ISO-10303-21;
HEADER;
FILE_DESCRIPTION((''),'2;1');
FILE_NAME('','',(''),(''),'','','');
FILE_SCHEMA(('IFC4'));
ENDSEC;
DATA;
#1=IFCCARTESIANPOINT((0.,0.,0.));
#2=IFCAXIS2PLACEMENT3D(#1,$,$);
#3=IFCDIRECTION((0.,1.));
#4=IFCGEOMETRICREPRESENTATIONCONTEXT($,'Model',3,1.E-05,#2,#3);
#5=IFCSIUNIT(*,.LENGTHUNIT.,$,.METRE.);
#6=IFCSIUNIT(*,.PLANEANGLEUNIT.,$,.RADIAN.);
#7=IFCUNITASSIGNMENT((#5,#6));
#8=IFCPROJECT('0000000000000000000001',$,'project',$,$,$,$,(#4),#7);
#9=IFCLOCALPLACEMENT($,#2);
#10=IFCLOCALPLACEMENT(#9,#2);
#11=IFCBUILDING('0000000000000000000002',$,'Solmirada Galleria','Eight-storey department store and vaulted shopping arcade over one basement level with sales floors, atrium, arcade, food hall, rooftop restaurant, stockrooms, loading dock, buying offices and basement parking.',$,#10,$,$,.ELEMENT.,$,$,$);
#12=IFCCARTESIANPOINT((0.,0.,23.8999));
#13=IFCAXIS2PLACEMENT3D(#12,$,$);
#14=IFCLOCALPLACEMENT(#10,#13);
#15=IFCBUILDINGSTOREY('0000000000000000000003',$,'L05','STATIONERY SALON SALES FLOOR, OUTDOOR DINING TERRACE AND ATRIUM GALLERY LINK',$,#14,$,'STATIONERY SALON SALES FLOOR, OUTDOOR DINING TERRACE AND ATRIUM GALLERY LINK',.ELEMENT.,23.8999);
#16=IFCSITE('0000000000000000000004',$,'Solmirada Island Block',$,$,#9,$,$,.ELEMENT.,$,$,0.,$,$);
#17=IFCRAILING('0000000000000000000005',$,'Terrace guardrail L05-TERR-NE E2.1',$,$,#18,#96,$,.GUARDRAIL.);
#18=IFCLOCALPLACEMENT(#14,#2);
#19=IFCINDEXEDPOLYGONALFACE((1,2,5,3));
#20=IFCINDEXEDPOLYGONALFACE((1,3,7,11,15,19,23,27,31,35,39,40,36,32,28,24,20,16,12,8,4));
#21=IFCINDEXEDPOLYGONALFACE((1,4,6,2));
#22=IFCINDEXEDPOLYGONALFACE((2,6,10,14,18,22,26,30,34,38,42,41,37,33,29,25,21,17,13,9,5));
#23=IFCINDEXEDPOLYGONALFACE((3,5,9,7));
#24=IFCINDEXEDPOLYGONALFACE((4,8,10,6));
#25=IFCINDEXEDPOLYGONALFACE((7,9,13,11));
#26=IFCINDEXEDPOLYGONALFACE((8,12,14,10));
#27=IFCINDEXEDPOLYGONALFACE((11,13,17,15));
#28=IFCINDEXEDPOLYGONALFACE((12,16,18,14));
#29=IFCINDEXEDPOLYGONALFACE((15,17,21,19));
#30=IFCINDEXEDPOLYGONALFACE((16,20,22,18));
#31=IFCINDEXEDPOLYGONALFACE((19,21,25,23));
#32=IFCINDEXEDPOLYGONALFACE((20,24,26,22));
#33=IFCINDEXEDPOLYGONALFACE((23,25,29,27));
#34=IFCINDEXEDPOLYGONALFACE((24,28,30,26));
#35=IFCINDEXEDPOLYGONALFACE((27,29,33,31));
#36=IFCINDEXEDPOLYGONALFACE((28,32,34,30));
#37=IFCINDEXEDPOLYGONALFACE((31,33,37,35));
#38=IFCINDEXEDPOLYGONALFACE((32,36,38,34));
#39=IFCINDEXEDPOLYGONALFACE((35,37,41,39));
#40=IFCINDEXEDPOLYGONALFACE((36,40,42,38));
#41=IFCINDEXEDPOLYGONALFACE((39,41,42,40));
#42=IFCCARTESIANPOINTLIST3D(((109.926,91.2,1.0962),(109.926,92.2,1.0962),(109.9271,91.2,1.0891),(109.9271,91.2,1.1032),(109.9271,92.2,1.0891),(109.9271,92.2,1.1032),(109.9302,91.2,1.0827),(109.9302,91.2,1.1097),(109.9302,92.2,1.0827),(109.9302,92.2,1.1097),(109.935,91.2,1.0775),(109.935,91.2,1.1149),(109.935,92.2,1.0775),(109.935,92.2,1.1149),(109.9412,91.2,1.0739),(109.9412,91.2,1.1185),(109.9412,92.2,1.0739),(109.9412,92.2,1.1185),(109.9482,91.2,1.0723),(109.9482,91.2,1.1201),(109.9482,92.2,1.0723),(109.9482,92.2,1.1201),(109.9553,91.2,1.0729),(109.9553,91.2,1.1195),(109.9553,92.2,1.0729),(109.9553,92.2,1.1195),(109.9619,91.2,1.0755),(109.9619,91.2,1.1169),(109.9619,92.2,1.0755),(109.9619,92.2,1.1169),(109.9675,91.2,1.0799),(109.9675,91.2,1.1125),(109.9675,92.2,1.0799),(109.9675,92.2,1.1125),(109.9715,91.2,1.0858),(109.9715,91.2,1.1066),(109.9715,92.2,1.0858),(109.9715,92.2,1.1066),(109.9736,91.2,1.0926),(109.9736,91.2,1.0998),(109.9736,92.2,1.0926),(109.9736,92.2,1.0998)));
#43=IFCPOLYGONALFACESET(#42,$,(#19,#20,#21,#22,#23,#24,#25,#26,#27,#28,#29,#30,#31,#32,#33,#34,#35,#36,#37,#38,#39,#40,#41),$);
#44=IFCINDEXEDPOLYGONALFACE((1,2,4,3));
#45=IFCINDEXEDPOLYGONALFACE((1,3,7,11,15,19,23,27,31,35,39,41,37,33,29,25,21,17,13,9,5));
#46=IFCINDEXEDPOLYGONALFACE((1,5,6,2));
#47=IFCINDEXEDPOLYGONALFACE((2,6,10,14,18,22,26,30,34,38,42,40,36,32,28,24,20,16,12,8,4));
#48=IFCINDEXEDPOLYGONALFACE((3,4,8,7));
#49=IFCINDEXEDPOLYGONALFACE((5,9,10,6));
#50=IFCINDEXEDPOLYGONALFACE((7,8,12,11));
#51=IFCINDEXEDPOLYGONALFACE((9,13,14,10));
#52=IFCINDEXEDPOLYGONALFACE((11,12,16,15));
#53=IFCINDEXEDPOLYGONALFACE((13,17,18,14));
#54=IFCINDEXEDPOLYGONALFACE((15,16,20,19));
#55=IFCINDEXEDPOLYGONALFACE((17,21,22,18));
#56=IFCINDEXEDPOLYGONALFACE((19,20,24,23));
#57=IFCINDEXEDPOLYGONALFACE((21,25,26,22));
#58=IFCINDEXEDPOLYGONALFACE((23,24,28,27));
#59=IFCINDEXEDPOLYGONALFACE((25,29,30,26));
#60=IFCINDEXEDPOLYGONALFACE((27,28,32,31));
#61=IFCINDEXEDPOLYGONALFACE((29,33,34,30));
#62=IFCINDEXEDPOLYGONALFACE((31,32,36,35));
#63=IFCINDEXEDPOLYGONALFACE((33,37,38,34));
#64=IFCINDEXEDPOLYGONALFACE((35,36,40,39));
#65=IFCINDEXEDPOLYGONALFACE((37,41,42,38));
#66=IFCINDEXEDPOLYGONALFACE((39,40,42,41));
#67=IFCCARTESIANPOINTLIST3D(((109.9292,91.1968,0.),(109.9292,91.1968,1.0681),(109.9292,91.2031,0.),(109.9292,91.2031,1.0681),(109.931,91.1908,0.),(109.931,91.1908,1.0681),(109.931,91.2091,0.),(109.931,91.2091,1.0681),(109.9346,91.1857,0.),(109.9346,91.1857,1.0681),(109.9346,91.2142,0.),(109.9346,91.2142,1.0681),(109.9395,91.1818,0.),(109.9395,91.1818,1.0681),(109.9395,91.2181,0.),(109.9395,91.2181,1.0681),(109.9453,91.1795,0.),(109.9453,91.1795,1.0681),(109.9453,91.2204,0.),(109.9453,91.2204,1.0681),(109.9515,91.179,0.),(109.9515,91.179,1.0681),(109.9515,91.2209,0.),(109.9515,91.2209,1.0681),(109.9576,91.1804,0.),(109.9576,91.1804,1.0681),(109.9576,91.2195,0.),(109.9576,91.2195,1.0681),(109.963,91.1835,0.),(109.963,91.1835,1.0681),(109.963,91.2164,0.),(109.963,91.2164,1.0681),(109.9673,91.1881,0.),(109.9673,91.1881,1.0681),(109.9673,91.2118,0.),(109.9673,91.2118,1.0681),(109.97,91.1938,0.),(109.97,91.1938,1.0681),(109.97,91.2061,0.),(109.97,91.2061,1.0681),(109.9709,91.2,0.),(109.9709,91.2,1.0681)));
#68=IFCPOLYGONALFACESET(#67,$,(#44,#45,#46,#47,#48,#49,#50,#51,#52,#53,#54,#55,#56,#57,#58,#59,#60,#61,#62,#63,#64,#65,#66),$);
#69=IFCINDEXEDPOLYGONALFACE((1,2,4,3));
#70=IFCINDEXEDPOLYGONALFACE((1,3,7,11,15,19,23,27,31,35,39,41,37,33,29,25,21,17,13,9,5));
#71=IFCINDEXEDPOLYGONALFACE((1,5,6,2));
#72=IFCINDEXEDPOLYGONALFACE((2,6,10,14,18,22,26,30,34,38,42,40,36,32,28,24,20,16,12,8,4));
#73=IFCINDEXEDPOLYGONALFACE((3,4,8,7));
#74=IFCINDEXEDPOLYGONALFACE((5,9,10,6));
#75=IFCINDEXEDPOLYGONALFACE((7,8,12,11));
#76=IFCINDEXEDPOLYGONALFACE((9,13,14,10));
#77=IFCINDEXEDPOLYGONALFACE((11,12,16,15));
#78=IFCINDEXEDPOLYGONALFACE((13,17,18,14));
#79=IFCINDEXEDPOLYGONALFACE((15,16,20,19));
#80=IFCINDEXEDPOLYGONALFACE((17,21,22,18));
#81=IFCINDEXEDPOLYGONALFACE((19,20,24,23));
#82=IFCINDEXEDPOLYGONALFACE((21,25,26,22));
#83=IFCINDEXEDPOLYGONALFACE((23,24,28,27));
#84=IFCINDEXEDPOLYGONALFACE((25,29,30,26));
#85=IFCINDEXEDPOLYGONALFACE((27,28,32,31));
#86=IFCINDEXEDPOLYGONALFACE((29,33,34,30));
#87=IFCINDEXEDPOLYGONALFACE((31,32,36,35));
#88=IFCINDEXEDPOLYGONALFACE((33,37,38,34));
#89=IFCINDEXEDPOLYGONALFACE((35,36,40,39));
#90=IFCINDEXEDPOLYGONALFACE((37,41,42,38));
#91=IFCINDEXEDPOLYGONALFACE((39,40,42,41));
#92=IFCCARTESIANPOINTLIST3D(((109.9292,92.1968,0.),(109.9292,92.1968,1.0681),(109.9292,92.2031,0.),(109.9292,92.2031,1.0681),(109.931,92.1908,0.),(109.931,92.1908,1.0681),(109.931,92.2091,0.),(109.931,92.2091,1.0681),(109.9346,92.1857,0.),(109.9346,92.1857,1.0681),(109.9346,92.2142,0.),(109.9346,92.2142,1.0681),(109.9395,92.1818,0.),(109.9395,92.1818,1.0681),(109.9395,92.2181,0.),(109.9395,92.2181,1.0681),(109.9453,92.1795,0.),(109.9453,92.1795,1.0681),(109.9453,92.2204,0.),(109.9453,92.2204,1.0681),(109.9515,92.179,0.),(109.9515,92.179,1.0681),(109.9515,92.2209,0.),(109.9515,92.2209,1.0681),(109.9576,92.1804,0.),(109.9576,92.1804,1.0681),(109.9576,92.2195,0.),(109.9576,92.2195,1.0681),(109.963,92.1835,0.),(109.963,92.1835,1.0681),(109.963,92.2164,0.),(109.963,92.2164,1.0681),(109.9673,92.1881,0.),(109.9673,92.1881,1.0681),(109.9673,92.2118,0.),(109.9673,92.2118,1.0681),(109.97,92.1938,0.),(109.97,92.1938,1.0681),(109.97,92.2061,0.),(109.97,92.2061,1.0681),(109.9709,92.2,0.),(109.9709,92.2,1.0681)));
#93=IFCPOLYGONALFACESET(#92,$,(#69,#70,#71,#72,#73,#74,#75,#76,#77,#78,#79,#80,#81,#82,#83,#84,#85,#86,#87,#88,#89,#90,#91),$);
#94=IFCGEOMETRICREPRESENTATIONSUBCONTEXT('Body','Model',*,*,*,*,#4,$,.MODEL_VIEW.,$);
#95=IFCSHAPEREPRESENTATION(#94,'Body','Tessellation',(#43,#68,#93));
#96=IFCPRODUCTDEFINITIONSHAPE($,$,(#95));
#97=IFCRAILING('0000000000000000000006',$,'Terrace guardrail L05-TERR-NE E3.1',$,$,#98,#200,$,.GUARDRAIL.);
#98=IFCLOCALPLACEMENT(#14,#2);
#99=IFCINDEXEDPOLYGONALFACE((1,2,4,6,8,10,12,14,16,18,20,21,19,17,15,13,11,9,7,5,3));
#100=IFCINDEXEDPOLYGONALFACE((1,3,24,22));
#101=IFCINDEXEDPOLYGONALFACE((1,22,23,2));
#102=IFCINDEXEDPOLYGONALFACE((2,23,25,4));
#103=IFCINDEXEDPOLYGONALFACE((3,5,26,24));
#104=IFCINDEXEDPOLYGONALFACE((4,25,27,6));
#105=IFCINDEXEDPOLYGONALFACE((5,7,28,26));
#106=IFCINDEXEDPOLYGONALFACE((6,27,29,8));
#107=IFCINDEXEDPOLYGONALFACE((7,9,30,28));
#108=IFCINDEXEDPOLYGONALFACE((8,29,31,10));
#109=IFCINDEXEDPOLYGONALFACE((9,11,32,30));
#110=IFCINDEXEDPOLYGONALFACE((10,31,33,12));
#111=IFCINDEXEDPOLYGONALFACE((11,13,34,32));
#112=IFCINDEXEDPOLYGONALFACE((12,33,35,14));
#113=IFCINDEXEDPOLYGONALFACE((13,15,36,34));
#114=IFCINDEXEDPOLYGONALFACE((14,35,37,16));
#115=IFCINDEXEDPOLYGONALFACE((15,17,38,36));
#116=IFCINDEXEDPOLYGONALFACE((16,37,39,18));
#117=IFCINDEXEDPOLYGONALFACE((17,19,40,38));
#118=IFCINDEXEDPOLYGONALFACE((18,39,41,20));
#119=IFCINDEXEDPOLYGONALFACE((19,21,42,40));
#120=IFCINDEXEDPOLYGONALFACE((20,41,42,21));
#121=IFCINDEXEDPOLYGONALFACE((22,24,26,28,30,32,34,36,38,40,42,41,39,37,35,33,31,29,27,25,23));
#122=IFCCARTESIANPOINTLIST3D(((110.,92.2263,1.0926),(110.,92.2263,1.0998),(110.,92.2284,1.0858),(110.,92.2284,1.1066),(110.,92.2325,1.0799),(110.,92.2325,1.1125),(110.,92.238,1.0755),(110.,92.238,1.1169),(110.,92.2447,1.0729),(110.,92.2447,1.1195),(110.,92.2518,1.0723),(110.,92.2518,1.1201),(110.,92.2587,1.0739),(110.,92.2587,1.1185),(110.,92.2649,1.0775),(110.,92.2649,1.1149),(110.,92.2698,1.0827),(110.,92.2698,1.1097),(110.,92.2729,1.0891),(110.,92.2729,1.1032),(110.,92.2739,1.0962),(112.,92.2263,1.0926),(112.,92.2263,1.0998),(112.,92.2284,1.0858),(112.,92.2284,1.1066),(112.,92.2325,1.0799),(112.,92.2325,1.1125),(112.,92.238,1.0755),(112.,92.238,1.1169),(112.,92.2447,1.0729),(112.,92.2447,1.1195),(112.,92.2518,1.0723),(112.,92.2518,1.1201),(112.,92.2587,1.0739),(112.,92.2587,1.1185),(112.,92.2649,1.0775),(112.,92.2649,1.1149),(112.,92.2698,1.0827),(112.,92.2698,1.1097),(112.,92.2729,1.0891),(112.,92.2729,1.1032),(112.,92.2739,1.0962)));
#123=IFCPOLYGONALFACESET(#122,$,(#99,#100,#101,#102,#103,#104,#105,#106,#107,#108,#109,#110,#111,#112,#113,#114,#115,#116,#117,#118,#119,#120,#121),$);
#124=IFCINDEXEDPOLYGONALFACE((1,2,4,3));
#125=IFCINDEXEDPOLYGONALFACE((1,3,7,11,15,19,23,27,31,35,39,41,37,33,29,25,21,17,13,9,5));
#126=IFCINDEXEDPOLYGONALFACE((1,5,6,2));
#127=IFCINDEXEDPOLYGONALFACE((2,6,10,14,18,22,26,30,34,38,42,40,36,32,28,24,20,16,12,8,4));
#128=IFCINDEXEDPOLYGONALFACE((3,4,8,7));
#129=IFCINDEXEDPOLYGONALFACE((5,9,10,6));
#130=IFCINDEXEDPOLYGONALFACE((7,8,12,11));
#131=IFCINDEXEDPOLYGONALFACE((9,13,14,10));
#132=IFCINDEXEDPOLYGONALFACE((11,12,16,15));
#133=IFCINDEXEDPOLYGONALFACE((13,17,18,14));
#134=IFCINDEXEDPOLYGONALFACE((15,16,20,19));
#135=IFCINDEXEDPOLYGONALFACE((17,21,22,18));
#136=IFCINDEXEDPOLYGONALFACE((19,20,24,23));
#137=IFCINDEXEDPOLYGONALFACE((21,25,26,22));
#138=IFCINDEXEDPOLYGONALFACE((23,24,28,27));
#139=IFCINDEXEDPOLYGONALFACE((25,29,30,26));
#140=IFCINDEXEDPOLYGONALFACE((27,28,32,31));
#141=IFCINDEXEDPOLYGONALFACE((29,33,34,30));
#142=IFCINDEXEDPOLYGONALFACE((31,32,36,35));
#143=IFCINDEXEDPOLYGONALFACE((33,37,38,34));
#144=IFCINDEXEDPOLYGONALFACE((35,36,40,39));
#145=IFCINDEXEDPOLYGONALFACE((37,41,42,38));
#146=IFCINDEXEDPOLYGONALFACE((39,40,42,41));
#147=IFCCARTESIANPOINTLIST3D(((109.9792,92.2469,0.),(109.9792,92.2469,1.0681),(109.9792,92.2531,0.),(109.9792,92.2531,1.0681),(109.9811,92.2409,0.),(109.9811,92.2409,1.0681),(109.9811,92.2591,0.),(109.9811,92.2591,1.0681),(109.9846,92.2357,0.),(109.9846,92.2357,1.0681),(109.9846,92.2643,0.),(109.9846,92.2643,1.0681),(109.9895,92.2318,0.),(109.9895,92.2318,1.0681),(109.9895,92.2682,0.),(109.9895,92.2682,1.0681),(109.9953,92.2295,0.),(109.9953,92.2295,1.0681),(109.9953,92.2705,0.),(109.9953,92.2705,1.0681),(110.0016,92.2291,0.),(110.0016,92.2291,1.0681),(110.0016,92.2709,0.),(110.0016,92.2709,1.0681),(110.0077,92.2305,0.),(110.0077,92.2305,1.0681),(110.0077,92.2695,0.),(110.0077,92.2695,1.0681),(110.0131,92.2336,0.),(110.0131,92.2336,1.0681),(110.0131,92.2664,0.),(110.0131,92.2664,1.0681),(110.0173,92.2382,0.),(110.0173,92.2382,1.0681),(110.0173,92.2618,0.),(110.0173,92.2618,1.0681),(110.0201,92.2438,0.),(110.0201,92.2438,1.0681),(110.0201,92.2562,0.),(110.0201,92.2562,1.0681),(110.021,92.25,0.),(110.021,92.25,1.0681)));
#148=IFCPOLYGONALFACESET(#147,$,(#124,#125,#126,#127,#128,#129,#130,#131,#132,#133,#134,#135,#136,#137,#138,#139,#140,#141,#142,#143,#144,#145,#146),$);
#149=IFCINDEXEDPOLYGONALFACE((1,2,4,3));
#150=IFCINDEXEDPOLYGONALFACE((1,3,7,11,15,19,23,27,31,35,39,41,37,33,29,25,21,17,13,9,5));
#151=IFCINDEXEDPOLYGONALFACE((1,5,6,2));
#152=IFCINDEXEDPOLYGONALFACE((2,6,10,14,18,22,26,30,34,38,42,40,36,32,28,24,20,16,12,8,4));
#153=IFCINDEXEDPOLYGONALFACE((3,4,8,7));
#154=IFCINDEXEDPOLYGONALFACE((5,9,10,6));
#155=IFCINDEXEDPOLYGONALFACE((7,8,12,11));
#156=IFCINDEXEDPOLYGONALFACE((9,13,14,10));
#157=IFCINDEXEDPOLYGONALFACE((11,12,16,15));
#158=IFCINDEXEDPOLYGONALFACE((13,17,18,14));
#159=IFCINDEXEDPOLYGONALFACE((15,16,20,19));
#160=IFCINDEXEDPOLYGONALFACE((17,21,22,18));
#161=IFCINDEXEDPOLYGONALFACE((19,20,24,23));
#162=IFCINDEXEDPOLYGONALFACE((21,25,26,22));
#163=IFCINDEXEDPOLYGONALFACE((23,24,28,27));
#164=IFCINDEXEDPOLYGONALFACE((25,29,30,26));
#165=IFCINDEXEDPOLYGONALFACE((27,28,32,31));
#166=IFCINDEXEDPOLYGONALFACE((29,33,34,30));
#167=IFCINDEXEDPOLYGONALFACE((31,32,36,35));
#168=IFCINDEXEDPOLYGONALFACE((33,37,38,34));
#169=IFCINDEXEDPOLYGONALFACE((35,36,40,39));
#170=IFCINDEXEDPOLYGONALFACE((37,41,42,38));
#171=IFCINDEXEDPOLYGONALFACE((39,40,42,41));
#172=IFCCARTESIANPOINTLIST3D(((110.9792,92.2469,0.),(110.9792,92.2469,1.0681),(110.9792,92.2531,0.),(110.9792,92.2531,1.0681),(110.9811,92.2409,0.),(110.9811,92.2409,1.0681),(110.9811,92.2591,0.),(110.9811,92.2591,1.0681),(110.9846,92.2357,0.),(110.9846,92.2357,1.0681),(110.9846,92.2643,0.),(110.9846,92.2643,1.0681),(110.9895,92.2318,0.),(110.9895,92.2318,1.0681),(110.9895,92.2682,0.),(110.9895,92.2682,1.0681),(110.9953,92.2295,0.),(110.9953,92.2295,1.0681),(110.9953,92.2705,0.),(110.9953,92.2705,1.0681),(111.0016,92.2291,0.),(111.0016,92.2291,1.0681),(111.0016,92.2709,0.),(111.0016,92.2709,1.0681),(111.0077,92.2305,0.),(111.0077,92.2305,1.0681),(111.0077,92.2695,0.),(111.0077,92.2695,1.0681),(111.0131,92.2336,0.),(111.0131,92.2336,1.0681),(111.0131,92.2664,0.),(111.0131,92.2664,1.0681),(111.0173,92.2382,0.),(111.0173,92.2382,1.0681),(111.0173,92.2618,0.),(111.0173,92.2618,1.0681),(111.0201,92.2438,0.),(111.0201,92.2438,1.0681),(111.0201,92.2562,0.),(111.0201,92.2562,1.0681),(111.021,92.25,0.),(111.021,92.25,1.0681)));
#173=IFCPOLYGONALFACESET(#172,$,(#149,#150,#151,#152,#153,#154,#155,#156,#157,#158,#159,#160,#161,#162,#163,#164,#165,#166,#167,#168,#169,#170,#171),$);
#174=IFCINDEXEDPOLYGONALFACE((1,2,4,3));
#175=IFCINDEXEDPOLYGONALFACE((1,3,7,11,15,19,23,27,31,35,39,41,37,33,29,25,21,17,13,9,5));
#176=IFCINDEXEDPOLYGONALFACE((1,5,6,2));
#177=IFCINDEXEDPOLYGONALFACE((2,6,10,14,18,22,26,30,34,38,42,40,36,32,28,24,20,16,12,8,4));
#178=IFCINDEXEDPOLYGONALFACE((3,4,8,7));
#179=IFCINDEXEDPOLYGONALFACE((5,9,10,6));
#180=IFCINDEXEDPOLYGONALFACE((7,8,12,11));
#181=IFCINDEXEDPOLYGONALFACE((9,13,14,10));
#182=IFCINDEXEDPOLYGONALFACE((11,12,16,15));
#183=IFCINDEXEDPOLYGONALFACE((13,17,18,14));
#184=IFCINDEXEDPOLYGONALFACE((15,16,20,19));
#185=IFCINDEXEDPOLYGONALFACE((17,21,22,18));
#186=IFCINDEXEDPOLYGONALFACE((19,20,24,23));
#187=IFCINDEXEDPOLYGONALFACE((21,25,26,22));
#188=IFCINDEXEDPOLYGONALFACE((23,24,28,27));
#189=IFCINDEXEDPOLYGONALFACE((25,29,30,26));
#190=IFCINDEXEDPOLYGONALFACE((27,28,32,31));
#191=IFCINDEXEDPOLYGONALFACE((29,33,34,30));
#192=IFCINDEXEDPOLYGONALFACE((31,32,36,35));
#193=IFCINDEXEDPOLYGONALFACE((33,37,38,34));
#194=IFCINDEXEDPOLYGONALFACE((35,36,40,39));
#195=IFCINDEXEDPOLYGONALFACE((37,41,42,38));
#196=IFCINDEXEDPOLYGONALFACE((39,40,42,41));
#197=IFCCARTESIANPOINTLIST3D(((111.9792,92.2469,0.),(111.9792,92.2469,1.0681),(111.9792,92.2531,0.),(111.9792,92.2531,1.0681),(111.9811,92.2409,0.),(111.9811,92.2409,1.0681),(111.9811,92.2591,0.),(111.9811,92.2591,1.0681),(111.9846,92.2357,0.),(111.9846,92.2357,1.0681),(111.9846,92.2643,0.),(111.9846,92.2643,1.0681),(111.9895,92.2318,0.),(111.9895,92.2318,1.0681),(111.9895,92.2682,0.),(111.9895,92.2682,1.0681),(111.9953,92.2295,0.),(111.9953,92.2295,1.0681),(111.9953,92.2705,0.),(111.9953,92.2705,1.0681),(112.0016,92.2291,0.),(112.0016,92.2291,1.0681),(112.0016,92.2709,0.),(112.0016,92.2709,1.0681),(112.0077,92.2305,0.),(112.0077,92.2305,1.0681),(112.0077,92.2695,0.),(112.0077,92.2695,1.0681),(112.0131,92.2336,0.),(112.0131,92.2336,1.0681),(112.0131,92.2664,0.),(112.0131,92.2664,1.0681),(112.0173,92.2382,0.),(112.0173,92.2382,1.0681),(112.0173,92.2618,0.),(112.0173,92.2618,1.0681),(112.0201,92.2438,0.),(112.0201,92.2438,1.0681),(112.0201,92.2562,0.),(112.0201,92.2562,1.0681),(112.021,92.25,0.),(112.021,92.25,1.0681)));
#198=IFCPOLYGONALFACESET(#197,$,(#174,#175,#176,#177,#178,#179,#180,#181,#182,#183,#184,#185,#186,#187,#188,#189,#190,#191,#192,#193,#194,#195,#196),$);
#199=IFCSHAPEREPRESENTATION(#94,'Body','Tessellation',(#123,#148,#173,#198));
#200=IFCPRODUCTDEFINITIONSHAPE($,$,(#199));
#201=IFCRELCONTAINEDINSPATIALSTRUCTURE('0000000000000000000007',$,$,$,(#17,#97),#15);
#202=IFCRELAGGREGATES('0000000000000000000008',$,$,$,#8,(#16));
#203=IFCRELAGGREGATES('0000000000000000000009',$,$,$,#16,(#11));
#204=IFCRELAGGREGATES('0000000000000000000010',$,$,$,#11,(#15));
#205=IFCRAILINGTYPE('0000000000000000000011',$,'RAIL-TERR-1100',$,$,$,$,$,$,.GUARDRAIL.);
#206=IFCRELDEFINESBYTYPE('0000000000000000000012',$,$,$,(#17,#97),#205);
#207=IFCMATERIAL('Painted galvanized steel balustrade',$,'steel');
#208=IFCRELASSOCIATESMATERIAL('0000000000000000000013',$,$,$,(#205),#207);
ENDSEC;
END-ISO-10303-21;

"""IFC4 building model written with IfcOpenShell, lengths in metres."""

from ifc_helpers import new_model, si_unit, direction, frame, origin, origin_2d, place, context, subcontext, project, spatial, circle, extrude, material, type_object, element, save


model = new_model("IFC4")

# Units and contexts
model_context = context("Model", 3, precision=1e-05, world=origin(), true_north=direction((0.0, 1.0)))
body_context = subcontext(model_context, "Body", "Model", "MODEL_VIEW")
ifc_project = project(units=[si_unit("LENGTHUNIT", "METRE"), si_unit("PLANEANGLEUNIT", "RADIAN")], contexts=[model_context])

# Site, building, storey
site_placement = place(None, origin())
site = spatial("IfcSite", under=ifc_project, at=site_placement, Name="Solmirada Island Block", CompositionType="ELEMENT", RefElevation=0.0)
building_placement = place(site_placement, origin())
building = spatial("IfcBuilding", under=site, at=building_placement, Name="Solmirada Galleria", Description="Eight-storey department store and vaulted shopping arcade over one basement level with sales floors, atrium, arcade, food hall, rooftop restaurant, stockrooms, loading dock, buying offices and basement parking.", CompositionType="ELEMENT")
storey_placement = place(building_placement, frame((0.0, 0.0, 23.8999)))
storey = spatial("IfcBuildingStorey", under=building, at=storey_placement, Name="L05", Description="STATIONERY SALON SALES FLOOR, OUTDOOR DINING TERRACE AND ATRIUM GALLERY LINK", LongName="STATIONERY SALON SALES FLOOR, OUTDOOR DINING TERRACE AND ATRIUM GALLERY LINK", CompositionType="ELEMENT", Elevation=23.8999)

# Railings
ifc_material_1 = material(Name="Painted galvanized steel balustrade", Category="steel")
railing_type = type_object("IfcRailingType", Name="RAIL-TERR-1100", PredefinedType="GUARDRAIL", material=ifc_material_1)
railing_1_placement = place(storey_placement, frame((109.95, 91.2, 0.0)))
element("IfcRailing", 1, at=railing_1_placement, inside=storey, type_object=railing_type, Name="Terrace guardrail L05-TERR-NE E2.1", PredefinedType="GUARDRAIL", context=body_context, shape_type="SweptSolid", body=[
    extrude(circle(Radius=0.0239, at=origin_2d()), frame((0.0, 0.0, 1.0962), z_axis=(0.0, 1.0, 0.0), x_axis=(-1.0, 0.0, 0.0)), (0.0, 0.0, 1.0), 1.0),
    extrude(circle(Radius=0.021, at=origin_2d()), origin(), (0.0, 0.0, 1.0), 1.0681),
    extrude(circle(Radius=0.021, at=origin_2d()), frame((0.0, 1.0, 0.0)), (0.0, 0.0, 1.0), 1.0681),
])
railing_2_placement = place(storey_placement, frame((110.0, 92.25, 0.0)))
element("IfcRailing", 2, at=railing_2_placement, inside=storey, type_object=railing_type, Name="Terrace guardrail L05-TERR-NE E3.1", PredefinedType="GUARDRAIL", context=body_context, shape_type="SweptSolid", body=[
    extrude(circle(Radius=0.0239, at=origin_2d()), frame((0.0, 0.0, 1.0962), z_axis=(1.0, 0.0, 0.0), x_axis=(0.0, 1.0, 0.0)), (0.0, 0.0, 1.0), 2.0),
    extrude(circle(Radius=0.021, at=origin_2d()), origin(), (0.0, 0.0, 1.0), 1.0681),
    extrude(circle(Radius=0.021, at=origin_2d()), frame((1.0, 0.0, 0.0)), (0.0, 0.0, 1.0), 1.0681),
    extrude(circle(Radius=0.021, at=origin_2d()), frame((2.0, 0.0, 0.0)), (0.0, 0.0, 1.0), 1.0681),
])

save(model, "model.ifc")
